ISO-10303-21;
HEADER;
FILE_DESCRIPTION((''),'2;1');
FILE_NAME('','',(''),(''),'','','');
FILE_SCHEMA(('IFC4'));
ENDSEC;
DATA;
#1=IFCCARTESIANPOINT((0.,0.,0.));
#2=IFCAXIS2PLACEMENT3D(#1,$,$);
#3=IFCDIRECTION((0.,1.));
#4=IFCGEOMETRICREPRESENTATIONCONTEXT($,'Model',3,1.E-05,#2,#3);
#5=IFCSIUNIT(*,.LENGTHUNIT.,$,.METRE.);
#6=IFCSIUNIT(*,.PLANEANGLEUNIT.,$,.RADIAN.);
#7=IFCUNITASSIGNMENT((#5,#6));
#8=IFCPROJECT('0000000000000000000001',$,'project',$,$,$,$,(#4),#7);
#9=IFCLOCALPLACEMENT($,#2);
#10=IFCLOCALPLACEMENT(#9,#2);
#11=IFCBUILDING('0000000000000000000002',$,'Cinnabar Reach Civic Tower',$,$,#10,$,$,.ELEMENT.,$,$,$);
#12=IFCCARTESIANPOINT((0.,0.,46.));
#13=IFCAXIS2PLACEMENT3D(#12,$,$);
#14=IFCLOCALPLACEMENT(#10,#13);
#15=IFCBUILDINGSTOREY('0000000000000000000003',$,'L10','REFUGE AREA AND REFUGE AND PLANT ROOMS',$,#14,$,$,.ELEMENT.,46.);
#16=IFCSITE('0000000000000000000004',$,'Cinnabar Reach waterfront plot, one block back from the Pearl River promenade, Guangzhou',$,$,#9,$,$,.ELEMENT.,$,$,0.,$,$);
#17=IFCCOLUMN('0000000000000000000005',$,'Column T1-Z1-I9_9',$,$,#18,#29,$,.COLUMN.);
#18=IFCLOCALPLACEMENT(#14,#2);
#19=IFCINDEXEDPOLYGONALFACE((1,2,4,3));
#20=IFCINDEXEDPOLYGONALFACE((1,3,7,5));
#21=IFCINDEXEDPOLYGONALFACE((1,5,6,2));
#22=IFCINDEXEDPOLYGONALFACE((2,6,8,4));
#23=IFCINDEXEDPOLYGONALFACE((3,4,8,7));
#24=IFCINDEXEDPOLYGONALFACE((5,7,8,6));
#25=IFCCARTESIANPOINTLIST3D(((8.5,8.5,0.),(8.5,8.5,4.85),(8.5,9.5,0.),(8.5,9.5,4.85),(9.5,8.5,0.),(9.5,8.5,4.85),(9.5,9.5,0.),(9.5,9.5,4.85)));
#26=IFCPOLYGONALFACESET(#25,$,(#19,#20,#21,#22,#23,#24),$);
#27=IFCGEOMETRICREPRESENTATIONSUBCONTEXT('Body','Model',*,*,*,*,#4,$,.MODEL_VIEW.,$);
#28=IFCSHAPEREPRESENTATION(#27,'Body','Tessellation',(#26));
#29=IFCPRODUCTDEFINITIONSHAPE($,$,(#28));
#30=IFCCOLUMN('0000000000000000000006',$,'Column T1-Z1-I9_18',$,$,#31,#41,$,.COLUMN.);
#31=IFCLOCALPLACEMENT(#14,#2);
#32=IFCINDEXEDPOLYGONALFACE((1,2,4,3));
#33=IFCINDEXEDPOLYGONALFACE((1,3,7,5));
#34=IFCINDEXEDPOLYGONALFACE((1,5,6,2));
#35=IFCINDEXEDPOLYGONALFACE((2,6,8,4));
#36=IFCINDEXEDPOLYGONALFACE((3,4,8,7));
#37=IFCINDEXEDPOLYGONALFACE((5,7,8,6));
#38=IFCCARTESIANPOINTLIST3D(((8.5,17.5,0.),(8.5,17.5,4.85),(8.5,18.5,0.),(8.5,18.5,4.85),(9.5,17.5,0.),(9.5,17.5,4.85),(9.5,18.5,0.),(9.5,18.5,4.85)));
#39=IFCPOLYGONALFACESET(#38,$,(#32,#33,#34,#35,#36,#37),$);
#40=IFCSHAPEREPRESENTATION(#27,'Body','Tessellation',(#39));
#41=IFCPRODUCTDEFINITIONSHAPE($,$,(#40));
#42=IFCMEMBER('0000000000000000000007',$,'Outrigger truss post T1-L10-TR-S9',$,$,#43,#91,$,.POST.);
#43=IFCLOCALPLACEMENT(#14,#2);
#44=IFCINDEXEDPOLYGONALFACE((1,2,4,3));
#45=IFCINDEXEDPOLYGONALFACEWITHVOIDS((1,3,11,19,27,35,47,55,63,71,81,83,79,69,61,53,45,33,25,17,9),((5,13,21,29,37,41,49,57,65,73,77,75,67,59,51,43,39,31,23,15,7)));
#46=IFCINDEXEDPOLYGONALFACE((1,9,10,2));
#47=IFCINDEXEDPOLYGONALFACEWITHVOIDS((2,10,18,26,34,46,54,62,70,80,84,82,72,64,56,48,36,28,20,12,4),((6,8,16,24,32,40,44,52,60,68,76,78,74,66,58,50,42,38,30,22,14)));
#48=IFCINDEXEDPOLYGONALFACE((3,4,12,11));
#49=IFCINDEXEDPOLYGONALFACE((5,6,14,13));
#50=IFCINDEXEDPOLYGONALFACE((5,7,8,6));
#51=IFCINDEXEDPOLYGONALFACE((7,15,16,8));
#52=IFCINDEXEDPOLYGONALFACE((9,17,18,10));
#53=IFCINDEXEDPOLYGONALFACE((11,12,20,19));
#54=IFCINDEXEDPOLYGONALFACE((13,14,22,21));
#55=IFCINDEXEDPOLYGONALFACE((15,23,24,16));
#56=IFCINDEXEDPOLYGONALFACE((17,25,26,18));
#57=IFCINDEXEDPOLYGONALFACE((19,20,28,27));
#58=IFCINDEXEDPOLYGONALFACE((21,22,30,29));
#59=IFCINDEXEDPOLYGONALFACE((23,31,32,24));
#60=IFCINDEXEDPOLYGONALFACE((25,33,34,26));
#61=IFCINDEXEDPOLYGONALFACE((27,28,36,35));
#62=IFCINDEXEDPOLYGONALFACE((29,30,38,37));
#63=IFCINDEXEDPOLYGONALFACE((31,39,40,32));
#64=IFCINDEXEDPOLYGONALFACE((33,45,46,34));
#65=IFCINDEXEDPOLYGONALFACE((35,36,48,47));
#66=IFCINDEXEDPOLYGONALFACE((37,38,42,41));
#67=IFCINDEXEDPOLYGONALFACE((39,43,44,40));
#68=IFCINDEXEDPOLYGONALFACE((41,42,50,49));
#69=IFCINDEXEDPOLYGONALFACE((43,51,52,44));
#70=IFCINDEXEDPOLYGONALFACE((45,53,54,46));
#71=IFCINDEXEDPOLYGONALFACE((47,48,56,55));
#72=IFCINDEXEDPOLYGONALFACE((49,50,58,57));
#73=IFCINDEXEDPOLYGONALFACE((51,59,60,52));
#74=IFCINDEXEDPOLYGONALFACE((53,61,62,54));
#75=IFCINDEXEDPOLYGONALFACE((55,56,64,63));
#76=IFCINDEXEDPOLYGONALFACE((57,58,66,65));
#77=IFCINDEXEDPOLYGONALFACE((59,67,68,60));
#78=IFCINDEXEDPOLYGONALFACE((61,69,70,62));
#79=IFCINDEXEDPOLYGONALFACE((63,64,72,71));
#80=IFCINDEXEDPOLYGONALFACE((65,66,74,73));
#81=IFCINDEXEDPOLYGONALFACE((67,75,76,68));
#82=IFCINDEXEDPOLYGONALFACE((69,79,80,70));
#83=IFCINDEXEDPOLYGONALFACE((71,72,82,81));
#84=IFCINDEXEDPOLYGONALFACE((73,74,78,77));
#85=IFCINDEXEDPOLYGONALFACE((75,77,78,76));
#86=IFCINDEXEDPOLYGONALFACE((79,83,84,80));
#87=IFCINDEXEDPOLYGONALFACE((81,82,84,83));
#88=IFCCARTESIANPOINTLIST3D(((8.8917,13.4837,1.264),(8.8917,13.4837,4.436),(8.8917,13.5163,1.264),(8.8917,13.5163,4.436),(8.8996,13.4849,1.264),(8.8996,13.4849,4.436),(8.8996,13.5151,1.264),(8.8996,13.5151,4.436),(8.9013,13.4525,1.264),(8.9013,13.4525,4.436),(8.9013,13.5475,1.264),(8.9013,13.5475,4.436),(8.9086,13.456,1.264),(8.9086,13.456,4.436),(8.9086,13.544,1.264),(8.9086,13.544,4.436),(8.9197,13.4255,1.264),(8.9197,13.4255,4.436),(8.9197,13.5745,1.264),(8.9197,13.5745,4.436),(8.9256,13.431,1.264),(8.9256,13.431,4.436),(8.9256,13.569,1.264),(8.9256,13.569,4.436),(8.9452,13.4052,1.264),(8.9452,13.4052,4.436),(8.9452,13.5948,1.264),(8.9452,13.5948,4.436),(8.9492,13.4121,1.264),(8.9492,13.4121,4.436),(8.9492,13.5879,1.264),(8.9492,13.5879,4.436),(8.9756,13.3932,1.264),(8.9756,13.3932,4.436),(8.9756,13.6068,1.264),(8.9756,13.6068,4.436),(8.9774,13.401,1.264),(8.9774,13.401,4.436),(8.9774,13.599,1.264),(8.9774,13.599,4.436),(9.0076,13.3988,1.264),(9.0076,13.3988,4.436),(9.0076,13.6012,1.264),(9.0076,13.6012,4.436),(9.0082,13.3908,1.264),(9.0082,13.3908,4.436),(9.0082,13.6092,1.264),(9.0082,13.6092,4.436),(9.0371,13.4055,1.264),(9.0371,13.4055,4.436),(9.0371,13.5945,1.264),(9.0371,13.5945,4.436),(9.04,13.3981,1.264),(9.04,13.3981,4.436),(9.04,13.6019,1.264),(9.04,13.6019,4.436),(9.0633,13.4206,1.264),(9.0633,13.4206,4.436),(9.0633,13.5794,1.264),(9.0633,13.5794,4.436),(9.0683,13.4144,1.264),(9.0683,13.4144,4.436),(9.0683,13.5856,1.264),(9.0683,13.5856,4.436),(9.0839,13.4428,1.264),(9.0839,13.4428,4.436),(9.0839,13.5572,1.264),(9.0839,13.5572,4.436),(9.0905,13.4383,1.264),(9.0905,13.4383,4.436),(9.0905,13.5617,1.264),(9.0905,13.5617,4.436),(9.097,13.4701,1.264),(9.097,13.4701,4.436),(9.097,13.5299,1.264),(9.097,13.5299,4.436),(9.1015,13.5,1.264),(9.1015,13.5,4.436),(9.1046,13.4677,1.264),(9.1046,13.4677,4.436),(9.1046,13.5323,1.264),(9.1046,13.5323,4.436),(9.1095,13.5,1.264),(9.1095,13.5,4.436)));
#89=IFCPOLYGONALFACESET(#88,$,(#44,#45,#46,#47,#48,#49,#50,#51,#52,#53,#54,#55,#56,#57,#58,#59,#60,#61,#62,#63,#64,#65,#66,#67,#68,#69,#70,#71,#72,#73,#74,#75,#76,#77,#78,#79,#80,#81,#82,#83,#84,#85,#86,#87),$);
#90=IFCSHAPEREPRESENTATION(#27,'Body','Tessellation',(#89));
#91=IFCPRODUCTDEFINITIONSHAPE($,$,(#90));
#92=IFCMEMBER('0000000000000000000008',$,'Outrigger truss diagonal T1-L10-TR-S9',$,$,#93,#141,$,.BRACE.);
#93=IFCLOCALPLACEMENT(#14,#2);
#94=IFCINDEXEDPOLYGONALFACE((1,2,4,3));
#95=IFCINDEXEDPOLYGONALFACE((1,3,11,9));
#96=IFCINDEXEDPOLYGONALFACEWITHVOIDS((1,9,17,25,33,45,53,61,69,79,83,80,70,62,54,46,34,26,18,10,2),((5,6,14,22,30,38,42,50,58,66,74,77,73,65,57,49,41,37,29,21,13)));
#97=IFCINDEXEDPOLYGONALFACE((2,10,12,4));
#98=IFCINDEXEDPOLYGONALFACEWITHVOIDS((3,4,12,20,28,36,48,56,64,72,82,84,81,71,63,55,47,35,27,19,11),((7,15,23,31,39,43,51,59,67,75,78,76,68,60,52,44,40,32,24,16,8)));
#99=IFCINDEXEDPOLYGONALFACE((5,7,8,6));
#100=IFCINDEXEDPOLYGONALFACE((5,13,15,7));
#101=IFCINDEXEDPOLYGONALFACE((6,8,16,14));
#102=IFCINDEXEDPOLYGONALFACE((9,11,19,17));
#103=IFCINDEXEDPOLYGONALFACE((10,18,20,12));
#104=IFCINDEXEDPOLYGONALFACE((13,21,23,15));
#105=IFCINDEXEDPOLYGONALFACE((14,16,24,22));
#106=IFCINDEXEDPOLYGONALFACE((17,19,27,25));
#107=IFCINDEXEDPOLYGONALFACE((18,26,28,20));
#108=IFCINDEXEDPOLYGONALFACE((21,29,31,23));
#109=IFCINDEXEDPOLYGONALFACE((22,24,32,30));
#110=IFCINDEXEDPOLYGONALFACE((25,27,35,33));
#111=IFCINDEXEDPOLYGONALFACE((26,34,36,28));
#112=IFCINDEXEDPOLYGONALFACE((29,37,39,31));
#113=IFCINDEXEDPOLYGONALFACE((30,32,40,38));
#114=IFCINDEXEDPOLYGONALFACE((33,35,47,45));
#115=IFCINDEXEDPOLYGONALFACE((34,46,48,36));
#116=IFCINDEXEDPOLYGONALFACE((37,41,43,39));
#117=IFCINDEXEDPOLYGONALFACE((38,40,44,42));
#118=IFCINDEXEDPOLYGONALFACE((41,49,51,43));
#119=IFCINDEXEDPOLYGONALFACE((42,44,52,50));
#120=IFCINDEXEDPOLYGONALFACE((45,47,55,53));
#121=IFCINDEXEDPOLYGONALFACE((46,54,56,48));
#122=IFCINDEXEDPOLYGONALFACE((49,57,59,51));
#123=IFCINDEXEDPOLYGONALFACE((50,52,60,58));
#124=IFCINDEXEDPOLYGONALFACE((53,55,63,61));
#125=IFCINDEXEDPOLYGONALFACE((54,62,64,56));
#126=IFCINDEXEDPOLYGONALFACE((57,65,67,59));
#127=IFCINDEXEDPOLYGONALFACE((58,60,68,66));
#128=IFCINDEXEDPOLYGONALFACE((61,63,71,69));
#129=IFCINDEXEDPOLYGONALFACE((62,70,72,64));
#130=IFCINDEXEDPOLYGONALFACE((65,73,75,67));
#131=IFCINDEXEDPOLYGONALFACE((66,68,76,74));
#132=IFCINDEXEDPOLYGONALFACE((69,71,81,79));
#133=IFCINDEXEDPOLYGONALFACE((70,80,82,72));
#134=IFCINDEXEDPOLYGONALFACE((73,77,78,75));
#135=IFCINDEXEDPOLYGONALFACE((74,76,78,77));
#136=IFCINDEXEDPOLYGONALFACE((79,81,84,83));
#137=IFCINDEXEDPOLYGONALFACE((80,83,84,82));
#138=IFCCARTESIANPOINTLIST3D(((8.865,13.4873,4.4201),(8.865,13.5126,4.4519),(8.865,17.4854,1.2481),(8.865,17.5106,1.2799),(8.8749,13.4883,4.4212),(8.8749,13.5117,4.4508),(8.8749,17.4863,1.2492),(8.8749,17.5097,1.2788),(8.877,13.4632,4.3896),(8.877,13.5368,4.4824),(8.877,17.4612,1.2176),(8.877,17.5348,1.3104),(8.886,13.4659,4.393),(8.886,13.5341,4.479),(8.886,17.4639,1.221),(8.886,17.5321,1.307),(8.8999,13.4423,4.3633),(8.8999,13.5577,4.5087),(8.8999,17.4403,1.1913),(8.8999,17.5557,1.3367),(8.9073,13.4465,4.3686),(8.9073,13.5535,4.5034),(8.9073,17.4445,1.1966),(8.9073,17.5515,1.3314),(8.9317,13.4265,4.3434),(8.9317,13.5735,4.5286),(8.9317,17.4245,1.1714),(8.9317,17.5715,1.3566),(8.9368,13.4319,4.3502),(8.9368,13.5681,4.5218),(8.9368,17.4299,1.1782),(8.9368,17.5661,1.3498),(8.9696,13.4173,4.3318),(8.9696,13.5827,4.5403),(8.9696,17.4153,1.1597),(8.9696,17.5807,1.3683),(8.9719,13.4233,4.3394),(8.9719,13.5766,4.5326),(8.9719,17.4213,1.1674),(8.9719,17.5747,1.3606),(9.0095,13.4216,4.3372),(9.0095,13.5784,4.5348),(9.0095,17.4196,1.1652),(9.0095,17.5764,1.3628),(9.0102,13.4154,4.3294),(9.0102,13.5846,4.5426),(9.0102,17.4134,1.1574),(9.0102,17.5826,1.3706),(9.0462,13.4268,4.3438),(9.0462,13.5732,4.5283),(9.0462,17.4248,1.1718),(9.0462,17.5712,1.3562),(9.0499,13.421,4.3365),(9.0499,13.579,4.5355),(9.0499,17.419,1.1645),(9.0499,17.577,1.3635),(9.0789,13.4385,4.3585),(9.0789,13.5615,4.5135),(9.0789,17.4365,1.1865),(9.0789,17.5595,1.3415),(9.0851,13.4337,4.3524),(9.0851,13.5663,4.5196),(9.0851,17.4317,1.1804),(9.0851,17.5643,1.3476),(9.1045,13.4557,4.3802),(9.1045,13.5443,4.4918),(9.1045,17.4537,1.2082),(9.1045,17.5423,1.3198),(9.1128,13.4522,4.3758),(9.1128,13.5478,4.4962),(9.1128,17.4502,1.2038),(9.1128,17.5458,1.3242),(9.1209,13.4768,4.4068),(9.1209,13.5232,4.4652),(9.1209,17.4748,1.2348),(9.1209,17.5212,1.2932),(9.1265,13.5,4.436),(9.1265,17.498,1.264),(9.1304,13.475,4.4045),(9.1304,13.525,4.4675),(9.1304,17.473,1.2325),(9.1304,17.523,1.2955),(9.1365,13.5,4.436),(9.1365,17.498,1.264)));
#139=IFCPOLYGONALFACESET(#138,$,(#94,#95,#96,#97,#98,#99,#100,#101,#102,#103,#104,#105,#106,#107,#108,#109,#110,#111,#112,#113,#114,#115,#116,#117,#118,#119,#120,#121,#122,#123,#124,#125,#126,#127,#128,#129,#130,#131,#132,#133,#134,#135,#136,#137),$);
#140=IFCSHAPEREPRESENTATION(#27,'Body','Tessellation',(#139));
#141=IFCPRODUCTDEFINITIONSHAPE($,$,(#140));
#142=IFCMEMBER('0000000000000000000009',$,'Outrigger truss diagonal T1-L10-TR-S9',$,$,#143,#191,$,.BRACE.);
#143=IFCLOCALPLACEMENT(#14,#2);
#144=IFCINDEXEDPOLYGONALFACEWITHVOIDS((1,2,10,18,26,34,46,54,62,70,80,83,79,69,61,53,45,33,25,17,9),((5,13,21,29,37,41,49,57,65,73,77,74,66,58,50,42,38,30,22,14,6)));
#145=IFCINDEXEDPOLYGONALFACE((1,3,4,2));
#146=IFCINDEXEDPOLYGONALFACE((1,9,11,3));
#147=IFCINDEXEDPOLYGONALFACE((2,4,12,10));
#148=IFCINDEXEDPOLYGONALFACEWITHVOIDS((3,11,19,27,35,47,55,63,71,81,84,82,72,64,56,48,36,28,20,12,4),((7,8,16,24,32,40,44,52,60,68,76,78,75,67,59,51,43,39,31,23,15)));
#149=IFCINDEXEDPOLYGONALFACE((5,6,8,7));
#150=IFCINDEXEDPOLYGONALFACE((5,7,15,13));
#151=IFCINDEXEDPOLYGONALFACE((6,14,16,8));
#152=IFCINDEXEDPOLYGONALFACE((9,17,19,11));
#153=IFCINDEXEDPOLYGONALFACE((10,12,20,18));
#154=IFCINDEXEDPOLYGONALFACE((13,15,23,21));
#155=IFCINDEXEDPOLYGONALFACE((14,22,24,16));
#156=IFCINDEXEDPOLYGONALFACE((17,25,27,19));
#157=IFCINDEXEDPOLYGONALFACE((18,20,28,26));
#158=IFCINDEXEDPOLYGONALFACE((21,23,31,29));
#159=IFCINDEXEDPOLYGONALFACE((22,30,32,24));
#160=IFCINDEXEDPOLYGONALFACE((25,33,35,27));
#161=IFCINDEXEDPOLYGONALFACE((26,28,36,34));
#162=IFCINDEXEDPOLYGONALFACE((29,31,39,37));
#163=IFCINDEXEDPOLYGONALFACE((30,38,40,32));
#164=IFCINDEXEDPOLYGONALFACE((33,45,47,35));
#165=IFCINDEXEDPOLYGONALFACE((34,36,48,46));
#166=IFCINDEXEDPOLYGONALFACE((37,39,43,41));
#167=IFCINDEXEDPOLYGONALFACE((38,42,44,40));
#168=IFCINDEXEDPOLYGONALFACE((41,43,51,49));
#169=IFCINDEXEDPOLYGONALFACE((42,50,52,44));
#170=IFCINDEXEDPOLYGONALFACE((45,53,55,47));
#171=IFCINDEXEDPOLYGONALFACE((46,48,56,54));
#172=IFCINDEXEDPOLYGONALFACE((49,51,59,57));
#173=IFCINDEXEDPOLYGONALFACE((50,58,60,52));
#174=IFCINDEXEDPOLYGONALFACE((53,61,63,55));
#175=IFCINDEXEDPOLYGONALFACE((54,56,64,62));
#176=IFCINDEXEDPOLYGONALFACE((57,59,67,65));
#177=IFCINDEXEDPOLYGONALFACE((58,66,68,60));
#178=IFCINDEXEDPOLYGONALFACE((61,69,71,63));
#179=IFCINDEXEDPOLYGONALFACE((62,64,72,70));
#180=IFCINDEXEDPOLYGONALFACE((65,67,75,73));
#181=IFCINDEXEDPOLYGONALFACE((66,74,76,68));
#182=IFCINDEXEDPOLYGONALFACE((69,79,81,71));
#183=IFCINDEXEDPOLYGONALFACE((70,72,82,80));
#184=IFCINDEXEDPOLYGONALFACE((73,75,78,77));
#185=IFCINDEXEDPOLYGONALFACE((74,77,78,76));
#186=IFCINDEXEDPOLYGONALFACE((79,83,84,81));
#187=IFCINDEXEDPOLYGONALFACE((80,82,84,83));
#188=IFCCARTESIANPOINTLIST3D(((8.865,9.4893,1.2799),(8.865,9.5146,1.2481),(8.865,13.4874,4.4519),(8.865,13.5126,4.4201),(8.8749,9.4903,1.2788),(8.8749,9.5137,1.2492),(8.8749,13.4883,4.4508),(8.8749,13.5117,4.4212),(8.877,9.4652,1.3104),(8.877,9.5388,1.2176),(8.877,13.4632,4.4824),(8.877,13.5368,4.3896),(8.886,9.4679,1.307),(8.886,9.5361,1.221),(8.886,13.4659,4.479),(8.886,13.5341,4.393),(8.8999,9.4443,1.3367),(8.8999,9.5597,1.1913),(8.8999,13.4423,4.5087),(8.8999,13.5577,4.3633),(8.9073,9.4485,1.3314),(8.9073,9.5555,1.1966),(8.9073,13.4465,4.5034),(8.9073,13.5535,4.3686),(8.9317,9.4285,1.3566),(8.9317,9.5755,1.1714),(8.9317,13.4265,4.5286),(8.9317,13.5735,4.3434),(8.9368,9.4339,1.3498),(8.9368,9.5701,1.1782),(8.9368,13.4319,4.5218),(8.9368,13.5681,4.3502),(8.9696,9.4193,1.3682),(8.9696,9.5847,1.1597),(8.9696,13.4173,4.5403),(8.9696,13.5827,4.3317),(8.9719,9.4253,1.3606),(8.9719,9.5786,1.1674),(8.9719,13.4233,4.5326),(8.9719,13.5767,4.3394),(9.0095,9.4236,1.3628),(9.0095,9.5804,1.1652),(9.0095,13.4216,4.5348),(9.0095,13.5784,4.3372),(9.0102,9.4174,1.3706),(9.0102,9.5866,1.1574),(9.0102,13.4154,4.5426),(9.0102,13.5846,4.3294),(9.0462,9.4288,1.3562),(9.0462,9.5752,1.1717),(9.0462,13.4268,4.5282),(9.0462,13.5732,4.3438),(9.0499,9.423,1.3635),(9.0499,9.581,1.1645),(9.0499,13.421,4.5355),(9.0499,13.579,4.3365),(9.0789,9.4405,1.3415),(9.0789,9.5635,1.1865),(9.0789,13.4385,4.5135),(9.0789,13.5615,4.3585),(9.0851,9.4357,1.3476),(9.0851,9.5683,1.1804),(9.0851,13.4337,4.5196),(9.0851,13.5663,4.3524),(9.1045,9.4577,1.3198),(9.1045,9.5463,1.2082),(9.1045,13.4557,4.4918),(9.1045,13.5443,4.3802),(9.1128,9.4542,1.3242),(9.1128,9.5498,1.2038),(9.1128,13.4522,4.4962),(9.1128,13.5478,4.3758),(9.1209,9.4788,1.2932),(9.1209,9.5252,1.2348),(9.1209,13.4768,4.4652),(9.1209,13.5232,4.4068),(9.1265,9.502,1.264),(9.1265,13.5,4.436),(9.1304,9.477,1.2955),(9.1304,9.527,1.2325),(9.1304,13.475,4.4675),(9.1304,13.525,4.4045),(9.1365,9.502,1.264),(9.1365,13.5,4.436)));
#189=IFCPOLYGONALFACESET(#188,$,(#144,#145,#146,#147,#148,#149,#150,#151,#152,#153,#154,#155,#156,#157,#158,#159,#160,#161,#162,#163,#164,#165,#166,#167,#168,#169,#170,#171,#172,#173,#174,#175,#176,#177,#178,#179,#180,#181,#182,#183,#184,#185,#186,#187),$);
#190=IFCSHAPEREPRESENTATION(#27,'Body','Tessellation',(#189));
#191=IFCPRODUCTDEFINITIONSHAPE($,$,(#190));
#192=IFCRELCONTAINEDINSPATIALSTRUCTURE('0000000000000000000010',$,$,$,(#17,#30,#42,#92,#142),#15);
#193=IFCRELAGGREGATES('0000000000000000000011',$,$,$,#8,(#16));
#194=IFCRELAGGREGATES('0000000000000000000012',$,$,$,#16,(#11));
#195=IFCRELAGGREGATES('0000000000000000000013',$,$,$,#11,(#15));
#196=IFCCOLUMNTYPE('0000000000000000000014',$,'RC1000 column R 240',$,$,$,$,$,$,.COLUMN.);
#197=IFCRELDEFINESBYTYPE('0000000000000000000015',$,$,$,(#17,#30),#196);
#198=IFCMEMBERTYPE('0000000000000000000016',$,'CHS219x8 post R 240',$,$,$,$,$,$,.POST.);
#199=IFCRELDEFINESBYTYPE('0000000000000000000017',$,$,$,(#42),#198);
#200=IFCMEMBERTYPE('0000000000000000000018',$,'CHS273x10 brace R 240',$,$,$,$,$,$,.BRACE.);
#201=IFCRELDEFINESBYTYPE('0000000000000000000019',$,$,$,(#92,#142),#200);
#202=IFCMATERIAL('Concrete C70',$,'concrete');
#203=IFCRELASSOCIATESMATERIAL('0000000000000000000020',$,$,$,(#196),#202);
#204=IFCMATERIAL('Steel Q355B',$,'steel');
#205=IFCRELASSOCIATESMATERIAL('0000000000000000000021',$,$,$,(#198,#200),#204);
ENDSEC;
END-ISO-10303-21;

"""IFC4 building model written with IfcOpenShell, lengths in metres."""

from ifc_helpers import new_model, si_unit, direction, frame, origin, origin_2d, place, context, subcontext, project, spatial, rectangle, hollow_circle, extrude, material, material_profile, profile_set, type_object, element, save


model = new_model("IFC4")

# Units and contexts
model_context = context("Model", 3, precision=1e-05, world=origin(), true_north=direction((0.0, 1.0)))
body_context = subcontext(model_context, "Body", "Model", "MODEL_VIEW")
ifc_project = project(units=[si_unit("LENGTHUNIT", "METRE"), si_unit("PLANEANGLEUNIT", "RADIAN")], contexts=[model_context])

# Site, building, storey
site_placement = place(None, origin())
site = spatial("IfcSite", under=ifc_project, at=site_placement, Name="Cinnabar Reach waterfront plot, one block back from the Pearl River promenade, Guangzhou", CompositionType="ELEMENT", RefElevation=0.0)
building_placement = place(site_placement, origin())
building = spatial("IfcBuilding", under=site, at=building_placement, Name="Cinnabar Reach Civic Tower", CompositionType="ELEMENT")
storey_placement = place(building_placement, frame((0.0, 0.0, 46.0)))
storey = spatial("IfcBuildingStorey", under=building, at=storey_placement, Name="L10", Description="REFUGE AREA AND REFUGE AND PLANT ROOMS", CompositionType="ELEMENT", Elevation=46.0)

# Columns
ifc_material_1 = material(Name="Concrete C70", Category="concrete")
ifc_material_profile_1 = material_profile(ifc_material_1, rectangle(XDim=1.0, YDim=1.0, at=origin_2d()), Name="RC1000")
ifc_profile_set_1 = profile_set([ifc_material_profile_1], Name="Concrete C70")
column_type = type_object("IfcColumnType", Name="RC1000 column R 240", PredefinedType="COLUMN", material=ifc_profile_set_1)
for number, where, z_axis, x_axis, name in (
    (1, (9.0, 9.0, 0.0), (0.0, 0.0, 1.0), (1.0, 0.0, 0.0), "Column T1-Z1-I9_9"),
    (2, (9.0, 18.0, 0.0), (0.0, 0.0, 1.0), (1.0, 0.0, 0.0), "Column T1-Z1-I9_18"),
):
    element("IfcColumn", number, at=place(storey_placement, frame(where, z_axis=z_axis, x_axis=x_axis)), inside=storey, type_object=column_type, Name=name, PredefinedType="COLUMN", context=body_context, shape_type="SweptSolid", body=[
        extrude(rectangle(XDim=1.0, YDim=1.0, at=origin_2d()), origin(), (0.0, 0.0, 1.0), 4.85),
    ])

# Members
ifc_material_2 = material(Name="Steel Q355B", Category="steel")
ifc_material_profile_2 = material_profile(ifc_material_2, hollow_circle(Radius=0.1095, WallThickness=0.008, at=origin_2d()), Name="CHS219x8")
ifc_profile_set_2 = profile_set([ifc_material_profile_2], Name="Steel Q355B")
member_type_1 = type_object("IfcMemberType", Name="CHS219x8 post R 240", PredefinedType="POST", material=ifc_profile_set_2)
member_1_placement = place(storey_placement, frame((9.0, 13.5, 1.264), z_axis=(0.0, 0.0, 1.0), x_axis=(1.0, 0.0, 0.0)))
element("IfcMember", 3, at=member_1_placement, inside=storey, type_object=member_type_1, Name="Outrigger truss post T1-L10-TR-S9", PredefinedType="POST", context=body_context, shape_type="SweptSolid", body=[
    extrude(hollow_circle(Radius=0.1095, WallThickness=0.008, at=origin_2d()), origin(), (0.0, 0.0, 1.0), 3.172),
])
ifc_material_profile_3 = material_profile(ifc_material_2, hollow_circle(Radius=0.1365, WallThickness=0.01, at=origin_2d()), Name="CHS273x10")
ifc_profile_set_3 = profile_set([ifc_material_profile_3], Name="Steel Q355B")
member_type_2 = type_object("IfcMemberType", Name="CHS273x10 brace R 240", PredefinedType="BRACE", material=ifc_profile_set_3)
for number, where, z_axis, x_axis, name in (
    (4, (9.0, 17.498, 1.264), (0.0, -0.783386, 0.621536), (1.0, 0.0, 0.0), "Outrigger truss diagonal T1-L10-TR-S9"),
    (5, (9.0, 13.5, 4.436), (0.0, -0.783386, -0.621536), (1.0, 0.0, 0.0), "Outrigger truss diagonal T1-L10-TR-S9"),
):
    element("IfcMember", number, at=place(storey_placement, frame(where, z_axis=z_axis, x_axis=x_axis)), inside=storey, type_object=member_type_2, Name=name, PredefinedType="BRACE", context=body_context, shape_type="SweptSolid", body=[
        extrude(hollow_circle(Radius=0.1365, WallThickness=0.01, at=origin_2d()), origin(), (0.0, 0.0, 1.0), 5.1035),
    ])

save(model, "model.ifc")
